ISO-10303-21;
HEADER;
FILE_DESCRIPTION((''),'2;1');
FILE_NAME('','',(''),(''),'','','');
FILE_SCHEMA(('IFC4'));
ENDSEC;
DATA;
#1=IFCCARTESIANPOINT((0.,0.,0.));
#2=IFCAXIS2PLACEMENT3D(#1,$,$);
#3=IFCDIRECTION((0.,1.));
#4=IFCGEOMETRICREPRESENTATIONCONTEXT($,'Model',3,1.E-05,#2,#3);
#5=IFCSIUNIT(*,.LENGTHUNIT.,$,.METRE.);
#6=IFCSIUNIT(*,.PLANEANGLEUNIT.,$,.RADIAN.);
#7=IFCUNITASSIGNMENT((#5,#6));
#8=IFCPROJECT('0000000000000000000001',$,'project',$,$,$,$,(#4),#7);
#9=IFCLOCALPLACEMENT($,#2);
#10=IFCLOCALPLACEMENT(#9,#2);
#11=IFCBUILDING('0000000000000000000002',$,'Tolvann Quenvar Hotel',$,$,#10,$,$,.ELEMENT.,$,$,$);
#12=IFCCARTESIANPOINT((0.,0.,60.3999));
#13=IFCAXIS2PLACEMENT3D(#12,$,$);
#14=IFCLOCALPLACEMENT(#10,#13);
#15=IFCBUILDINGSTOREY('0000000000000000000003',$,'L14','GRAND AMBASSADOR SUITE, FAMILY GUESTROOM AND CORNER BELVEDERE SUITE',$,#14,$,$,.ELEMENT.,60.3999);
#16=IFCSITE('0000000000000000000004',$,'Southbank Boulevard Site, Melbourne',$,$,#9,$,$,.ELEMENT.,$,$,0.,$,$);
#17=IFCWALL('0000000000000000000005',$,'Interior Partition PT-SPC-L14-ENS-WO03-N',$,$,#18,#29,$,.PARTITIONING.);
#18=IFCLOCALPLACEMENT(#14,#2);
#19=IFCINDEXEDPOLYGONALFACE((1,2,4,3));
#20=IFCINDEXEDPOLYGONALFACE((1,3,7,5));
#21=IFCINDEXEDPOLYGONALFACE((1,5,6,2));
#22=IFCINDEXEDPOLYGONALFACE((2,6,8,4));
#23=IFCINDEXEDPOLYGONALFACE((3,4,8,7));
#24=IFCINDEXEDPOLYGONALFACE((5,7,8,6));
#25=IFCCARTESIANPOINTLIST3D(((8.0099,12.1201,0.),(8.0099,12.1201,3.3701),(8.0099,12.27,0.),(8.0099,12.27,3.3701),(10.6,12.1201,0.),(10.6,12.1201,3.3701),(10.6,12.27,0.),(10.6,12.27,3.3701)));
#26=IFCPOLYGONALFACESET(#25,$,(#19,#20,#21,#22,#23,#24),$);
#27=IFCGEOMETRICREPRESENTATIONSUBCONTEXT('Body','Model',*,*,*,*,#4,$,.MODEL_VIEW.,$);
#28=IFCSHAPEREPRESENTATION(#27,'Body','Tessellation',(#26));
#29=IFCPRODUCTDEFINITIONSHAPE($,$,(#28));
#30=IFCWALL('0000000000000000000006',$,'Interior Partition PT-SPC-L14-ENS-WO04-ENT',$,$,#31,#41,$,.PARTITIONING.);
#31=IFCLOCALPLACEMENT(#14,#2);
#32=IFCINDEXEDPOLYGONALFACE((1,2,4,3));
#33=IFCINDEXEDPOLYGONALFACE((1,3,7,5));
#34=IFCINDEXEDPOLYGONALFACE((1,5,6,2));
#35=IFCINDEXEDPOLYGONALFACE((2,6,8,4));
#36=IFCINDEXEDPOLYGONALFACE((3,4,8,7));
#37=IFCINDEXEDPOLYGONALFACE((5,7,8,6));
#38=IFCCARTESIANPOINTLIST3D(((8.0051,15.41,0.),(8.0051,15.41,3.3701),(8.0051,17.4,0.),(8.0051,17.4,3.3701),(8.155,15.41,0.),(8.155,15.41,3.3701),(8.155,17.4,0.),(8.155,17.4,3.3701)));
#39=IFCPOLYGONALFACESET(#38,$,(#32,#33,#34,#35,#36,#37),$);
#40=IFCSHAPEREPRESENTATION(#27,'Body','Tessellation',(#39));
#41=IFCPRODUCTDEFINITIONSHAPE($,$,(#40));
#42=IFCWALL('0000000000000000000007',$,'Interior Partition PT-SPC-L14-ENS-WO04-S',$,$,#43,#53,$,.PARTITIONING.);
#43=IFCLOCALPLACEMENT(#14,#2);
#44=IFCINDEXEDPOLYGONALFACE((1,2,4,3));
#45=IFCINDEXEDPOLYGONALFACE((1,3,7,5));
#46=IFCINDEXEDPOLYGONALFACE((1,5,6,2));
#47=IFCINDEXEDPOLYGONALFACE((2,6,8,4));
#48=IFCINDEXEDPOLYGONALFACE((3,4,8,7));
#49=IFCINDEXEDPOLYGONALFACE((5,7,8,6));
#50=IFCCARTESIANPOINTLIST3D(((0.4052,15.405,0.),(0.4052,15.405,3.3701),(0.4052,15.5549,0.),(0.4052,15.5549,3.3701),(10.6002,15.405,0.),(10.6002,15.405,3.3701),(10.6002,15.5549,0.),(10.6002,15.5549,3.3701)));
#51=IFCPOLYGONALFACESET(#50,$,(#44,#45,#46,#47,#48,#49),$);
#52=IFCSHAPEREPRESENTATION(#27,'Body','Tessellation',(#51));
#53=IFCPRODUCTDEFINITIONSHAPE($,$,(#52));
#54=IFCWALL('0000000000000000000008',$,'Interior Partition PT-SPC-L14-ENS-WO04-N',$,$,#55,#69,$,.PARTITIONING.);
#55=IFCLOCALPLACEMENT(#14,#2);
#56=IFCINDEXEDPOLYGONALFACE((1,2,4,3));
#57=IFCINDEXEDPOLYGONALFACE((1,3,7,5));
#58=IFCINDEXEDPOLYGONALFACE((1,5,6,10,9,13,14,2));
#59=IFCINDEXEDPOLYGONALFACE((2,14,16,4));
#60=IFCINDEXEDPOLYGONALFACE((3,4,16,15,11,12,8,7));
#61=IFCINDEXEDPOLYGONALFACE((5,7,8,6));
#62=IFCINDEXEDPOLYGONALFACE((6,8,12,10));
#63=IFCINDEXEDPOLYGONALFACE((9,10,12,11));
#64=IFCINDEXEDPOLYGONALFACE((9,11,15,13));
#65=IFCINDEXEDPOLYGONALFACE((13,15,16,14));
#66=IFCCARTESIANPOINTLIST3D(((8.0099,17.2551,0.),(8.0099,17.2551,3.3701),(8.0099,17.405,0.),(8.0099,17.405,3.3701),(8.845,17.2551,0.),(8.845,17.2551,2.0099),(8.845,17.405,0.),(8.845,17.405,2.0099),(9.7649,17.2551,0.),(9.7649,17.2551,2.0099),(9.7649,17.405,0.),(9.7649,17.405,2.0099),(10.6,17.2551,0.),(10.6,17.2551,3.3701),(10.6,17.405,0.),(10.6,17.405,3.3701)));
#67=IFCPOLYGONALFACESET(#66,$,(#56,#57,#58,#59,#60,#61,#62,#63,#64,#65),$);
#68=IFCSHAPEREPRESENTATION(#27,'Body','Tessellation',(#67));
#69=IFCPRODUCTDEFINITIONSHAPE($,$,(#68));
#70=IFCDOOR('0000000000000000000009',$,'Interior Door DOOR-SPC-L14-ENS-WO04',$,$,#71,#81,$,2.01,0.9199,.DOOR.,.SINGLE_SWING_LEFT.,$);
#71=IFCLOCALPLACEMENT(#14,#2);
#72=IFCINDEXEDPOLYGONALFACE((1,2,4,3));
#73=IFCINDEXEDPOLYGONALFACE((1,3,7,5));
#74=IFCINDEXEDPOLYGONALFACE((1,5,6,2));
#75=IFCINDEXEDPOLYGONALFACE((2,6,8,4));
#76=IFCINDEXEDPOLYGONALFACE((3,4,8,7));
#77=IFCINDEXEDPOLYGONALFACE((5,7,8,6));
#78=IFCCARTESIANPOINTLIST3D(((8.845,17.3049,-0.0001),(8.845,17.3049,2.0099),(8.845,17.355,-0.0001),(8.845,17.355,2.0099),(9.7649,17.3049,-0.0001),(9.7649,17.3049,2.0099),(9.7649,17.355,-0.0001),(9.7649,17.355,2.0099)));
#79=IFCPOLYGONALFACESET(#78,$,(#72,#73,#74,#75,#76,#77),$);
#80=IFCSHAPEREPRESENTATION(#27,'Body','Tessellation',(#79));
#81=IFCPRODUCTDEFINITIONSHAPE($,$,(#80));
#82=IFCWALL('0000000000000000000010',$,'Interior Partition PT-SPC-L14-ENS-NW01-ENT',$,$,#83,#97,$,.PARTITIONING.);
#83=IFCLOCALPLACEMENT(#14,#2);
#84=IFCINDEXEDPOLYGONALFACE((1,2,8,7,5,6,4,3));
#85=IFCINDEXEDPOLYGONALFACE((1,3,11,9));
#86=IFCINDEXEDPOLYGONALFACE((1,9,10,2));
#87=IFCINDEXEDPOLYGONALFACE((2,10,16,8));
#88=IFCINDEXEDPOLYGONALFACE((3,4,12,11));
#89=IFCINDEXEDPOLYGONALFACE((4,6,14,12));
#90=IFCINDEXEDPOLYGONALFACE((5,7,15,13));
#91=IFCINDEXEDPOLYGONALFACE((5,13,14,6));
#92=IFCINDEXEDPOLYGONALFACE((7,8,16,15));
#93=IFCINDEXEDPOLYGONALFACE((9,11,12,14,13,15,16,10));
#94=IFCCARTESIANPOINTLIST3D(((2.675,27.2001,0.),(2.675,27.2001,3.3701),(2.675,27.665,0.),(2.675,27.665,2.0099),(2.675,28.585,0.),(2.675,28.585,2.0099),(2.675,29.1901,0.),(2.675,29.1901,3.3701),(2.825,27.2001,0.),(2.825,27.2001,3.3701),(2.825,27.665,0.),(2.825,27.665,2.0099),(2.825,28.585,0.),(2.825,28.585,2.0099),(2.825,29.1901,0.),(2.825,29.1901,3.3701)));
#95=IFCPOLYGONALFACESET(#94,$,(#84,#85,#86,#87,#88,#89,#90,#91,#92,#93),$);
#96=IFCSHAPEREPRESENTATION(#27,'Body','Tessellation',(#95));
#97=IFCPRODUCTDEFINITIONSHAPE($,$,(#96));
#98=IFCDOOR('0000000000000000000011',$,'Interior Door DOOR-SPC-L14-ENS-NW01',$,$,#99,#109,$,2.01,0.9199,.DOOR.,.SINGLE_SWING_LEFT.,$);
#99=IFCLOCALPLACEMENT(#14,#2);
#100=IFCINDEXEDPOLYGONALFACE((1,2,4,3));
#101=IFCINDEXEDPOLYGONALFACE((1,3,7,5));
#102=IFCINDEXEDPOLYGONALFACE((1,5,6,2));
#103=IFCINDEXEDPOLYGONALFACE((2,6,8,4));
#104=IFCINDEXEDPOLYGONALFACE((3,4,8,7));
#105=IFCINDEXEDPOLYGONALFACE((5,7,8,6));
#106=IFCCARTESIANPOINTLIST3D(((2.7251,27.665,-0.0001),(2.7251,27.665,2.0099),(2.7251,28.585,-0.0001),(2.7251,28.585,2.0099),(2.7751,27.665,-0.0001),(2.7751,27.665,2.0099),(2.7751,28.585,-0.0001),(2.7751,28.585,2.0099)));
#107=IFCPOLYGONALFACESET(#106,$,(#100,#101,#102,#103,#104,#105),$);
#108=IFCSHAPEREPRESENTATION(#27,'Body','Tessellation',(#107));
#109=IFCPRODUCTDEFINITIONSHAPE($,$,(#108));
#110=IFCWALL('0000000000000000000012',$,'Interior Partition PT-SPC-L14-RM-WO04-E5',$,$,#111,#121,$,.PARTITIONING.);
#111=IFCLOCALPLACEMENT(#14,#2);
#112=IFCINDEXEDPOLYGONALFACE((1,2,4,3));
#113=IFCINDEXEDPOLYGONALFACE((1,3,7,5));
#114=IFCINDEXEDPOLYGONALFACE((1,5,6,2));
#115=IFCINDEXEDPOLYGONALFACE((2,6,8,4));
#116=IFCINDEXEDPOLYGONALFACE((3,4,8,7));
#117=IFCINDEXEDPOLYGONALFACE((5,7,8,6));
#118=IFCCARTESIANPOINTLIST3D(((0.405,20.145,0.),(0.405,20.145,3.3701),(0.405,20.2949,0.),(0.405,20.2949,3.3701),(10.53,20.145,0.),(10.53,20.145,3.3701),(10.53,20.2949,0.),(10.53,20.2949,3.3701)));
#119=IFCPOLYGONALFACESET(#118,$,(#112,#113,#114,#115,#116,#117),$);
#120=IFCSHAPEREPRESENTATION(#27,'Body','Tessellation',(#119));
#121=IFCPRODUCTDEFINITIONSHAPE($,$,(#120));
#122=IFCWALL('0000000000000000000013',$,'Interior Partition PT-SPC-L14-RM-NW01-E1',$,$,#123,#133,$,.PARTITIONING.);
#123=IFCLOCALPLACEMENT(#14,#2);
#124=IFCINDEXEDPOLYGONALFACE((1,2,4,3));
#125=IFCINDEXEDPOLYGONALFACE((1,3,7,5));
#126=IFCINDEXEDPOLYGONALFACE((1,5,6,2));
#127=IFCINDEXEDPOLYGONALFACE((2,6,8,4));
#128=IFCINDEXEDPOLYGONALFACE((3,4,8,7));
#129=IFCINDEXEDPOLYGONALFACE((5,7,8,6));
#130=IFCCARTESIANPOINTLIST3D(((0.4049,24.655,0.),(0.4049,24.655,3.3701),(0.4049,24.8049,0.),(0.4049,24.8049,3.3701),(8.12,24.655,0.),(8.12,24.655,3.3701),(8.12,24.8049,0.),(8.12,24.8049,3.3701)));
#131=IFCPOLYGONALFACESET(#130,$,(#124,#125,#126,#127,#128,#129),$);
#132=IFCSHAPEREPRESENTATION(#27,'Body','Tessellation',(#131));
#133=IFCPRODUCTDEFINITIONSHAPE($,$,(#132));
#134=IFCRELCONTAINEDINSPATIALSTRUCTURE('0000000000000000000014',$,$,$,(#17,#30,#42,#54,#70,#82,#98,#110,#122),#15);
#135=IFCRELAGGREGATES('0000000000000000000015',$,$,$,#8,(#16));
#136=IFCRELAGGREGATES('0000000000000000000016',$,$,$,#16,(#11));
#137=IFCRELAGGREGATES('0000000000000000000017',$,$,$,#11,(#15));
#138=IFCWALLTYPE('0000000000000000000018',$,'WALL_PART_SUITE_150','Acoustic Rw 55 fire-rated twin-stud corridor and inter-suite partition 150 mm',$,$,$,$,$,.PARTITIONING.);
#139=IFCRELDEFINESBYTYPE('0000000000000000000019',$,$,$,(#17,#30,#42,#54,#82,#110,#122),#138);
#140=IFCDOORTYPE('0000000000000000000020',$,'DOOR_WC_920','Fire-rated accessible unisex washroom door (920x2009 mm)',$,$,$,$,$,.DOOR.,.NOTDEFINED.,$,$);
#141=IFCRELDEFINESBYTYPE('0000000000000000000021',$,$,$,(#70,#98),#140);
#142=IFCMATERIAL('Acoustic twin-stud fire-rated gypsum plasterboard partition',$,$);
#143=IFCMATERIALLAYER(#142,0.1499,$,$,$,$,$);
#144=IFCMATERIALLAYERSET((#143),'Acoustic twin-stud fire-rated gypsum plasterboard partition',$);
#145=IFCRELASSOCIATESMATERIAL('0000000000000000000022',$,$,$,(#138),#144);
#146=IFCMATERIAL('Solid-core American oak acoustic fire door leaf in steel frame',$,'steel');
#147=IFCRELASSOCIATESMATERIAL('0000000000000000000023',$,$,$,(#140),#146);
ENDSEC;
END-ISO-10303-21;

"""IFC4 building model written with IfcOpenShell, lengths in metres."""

from ifc_helpers import new_model, si_unit, direction, frame, frame_2d, origin, place, context, subcontext, project, spatial, rectangle, extrude, source, transform, mapped, material, layer, layer_set, type_object, type_shapes, element, fill, save


model = new_model("IFC4")

# Units and contexts
model_context = context("Model", 3, precision=1e-05, world=origin(), true_north=direction((0.0, 1.0)))
body_context = subcontext(model_context, "Body", "Model", "MODEL_VIEW")
ifc_project = project(units=[si_unit("LENGTHUNIT", "METRE"), si_unit("PLANEANGLEUNIT", "RADIAN")], contexts=[model_context])

# Site, building, storey
site_placement = place(None, origin())
site = spatial("IfcSite", under=ifc_project, at=site_placement, Name="Southbank Boulevard Site, Melbourne", CompositionType="ELEMENT", RefElevation=0.0)
building_placement = place(site_placement, origin())
building = spatial("IfcBuilding", under=site, at=building_placement, Name="Tolvann Quenvar Hotel", CompositionType="ELEMENT")
storey_placement = place(building_placement, frame((0.0, 0.0, 60.3999)))
storey = spatial("IfcBuildingStorey", under=building, at=storey_placement, Name="L14", Description="GRAND AMBASSADOR SUITE, FAMILY GUESTROOM AND CORNER BELVEDERE SUITE", CompositionType="ELEMENT", Elevation=60.3999)

# Shared definitions
ifc_material_1 = material(Name="Acoustic twin-stud fire-rated gypsum plasterboard partition")
ifc_material_2 = material(Name="Solid-core American oak acoustic fire door leaf in steel frame", Category="steel")

# Walls
ifc_layer_1 = layer(ifc_material_1, 0.1499)
ifc_layer_set_1 = layer_set([ifc_layer_1], Name="Acoustic twin-stud fire-rated gypsum plasterboard partition")
wall_type_1 = type_object("IfcWallType", Name="WALL_PART_SUITE_150", Description="Acoustic Rw 55 fire-rated twin-stud corridor and inter-suite partition 150 mm", PredefinedType="PARTITIONING", material=ifc_layer_set_1)
wall_1_placement = place(storey_placement, frame((8.01, 12.1951, 0.0), z_axis=(0.0, 0.0, 1.0), x_axis=(1.0, 0.0, 0.0)))
element("IfcWall", 1, at=wall_1_placement, inside=storey, type_object=wall_type_1, Name="Interior Partition PT-SPC-L14-ENS-WO03-N", PredefinedType="PARTITIONING", context=body_context, shape_type="SweptSolid", body=[
    extrude(rectangle(XDim=2.5901, YDim=0.1499, at=frame_2d((1.2949, 0.0))), origin(), (0.0, 0.0, 1.0), 3.3701),
])
wall_2_placement = place(storey_placement, frame((8.0801, 15.4099, 0.0), z_axis=(0.0, 0.0, 1.0), x_axis=(0.0, 1.0, 0.0)))
element("IfcWall", 2, at=wall_2_placement, inside=storey, type_object=wall_type_1, Name="Interior Partition PT-SPC-L14-ENS-WO04-ENT", PredefinedType="PARTITIONING", context=body_context, shape_type="SweptSolid", body=[
    extrude(rectangle(XDim=1.99, YDim=0.1499, at=frame_2d((0.9951, 0.0))), origin(), (0.0, 0.0, 1.0), 3.3701),
])
wall_3_placement = place(storey_placement, frame((0.405, 15.48, 0.0), z_axis=(0.0, 0.0, 1.0), x_axis=(1.0, 0.0, 0.0)))
element("IfcWall", 3, at=wall_3_placement, inside=storey, type_object=wall_type_1, Name="Interior Partition PT-SPC-L14-ENS-WO04-S", PredefinedType="PARTITIONING", context=body_context, shape_type="SweptSolid", body=[
    extrude(rectangle(XDim=10.1951, YDim=0.1499, at=frame_2d((5.0977, 0.0))), origin(), (0.0, 0.0, 1.0), 3.3701),
])

# Walls, openings, doors
wall_4_placement = place(storey_placement, frame((8.01, 17.3301, 0.0), z_axis=(0.0, 0.0, 1.0), x_axis=(1.0, 0.0, 0.0)))
wall_4 = element("IfcWall", 4, at=wall_4_placement, inside=storey, type_object=wall_type_1, Name="Interior Partition PT-SPC-L14-ENS-WO04-N", PredefinedType="PARTITIONING", context=body_context, shape_type="SweptSolid", body=[
    extrude(rectangle(XDim=2.5901, YDim=0.1499, at=frame_2d((1.2949, 0.0))), origin(), (0.0, 0.0, 1.0), 3.3701),
])
opening_1_placement = place(wall_4_placement, frame((0.835, 0.0, 0.0)))
opening_1 = element("IfcOpeningElement", 5, at=opening_1_placement, cuts=wall_4, PredefinedType="OPENING", context=body_context, shape_type="SweptSolid", body=[
    extrude(rectangle(XDim=0.9199, YDim=2.01, at=frame_2d((0.46, 1.0049))), frame((0.0, 0.085, 0.0), z_axis=(0.0, -1.0, 0.0), x_axis=(1.0, 0.0, 0.0)), (0.0, 0.0, 1.0), 0.1699),
])
door_type_1 = type_object("IfcDoorType", Name="DOOR_WC_920", Description="Fire-rated accessible unisex washroom door (920x2009 mm)", OperationType="NOTDEFINED", PredefinedType="DOOR", material=ifc_material_2)
shared_shape_1 = source(origin(), body_context, "Body", "SweptSolid", [
    extrude(rectangle(XDim=0.9199, YDim=2.01, at=frame_2d((0.46, 1.0049))), frame((0.0, 0.0249, 0.0), z_axis=(0.0, -1.0, 0.0), x_axis=(1.0, 0.0, 0.0)), (0.0, 0.0, 1.0), 0.05),
])
type_shapes(door_type_1, [shared_shape_1])
door_1_placement = place(opening_1_placement, origin())
door_1 = element("IfcDoor", 6, at=door_1_placement, inside=storey, type_object=door_type_1, Name="Interior Door DOOR-SPC-L14-ENS-WO04", OperationType="SINGLE_SWING_LEFT", OverallHeight=2.01, OverallWidth=0.9199, PredefinedType="DOOR", context=body_context, shape_type="MappedRepresentation", body=[
    mapped(shared_shape_1, transform((0.0, 0.0, 0.0), x_axis=(1.0, 0.0, 0.0), y_axis=(0.0, 1.0, 0.0), z_axis=(0.0, 0.0, 1.0), scale=1.0)),
])
fill(opening_1, door_1)
wall_5_placement = place(storey_placement, frame((2.75, 27.2, 0.0), z_axis=(0.0, 0.0, 1.0), x_axis=(0.0, 1.0, 0.0)))
wall_5 = element("IfcWall", 7, at=wall_5_placement, inside=storey, type_object=wall_type_1, Name="Interior Partition PT-SPC-L14-ENS-NW01-ENT", PredefinedType="PARTITIONING", context=body_context, shape_type="SweptSolid", body=[
    extrude(rectangle(XDim=1.99, YDim=0.1499, at=frame_2d((0.9951, 0.0))), origin(), (0.0, 0.0, 1.0), 3.3701),
])
opening_2_placement = place(wall_5_placement, frame((0.4651, 0.0, 0.0)))
opening_2 = element("IfcOpeningElement", 8, at=opening_2_placement, cuts=wall_5, PredefinedType="OPENING", context=body_context, shape_type="SweptSolid", body=[
    extrude(rectangle(XDim=0.9199, YDim=2.01, at=frame_2d((0.46, 1.0049))), frame((0.0, 0.085, 0.0), z_axis=(0.0, -1.0, 0.0), x_axis=(1.0, 0.0, 0.0)), (0.0, 0.0, 1.0), 0.1699),
])
door_2_placement = place(opening_2_placement, origin())
door_2 = element("IfcDoor", 9, at=door_2_placement, inside=storey, type_object=door_type_1, Name="Interior Door DOOR-SPC-L14-ENS-NW01", OperationType="SINGLE_SWING_LEFT", OverallHeight=2.01, OverallWidth=0.9199, PredefinedType="DOOR", context=body_context, shape_type="MappedRepresentation", body=[
    mapped(shared_shape_1, transform((0.0, 0.0, 0.0), x_axis=(1.0, 0.0, 0.0), y_axis=(0.0, 1.0, 0.0), z_axis=(0.0, 0.0, 1.0), scale=1.0)),
])
fill(opening_2, door_2)

# Wall
wall_6_placement = place(storey_placement, frame((0.405, 20.22, 0.0), z_axis=(0.0, 0.0, 1.0), x_axis=(1.0, 0.0, 0.0)))
element("IfcWall", 10, at=wall_6_placement, inside=storey, type_object=wall_type_1, Name="Interior Partition PT-SPC-L14-RM-WO04-E5", PredefinedType="PARTITIONING", context=body_context, shape_type="SweptSolid", body=[
    extrude(rectangle(XDim=10.125, YDim=0.1499, at=frame_2d((5.0625, 0.0))), origin(), (0.0, 0.0, 1.0), 3.3701),
])

# Wall
wall_7_placement = place(storey_placement, frame((0.405, 24.73, 0.0), z_axis=(0.0, 0.0, 1.0), x_axis=(1.0, 0.0, 0.0)))
element("IfcWall", 11, at=wall_7_placement, inside=storey, type_object=wall_type_1, Name="Interior Partition PT-SPC-L14-RM-NW01-E1", PredefinedType="PARTITIONING", context=body_context, shape_type="SweptSolid", body=[
    extrude(rectangle(XDim=7.7151, YDim=0.1499, at=frame_2d((3.8574, 0.0))), origin(), (0.0, 0.0, 1.0), 3.3701),
])

save(model, "model.ifc")
